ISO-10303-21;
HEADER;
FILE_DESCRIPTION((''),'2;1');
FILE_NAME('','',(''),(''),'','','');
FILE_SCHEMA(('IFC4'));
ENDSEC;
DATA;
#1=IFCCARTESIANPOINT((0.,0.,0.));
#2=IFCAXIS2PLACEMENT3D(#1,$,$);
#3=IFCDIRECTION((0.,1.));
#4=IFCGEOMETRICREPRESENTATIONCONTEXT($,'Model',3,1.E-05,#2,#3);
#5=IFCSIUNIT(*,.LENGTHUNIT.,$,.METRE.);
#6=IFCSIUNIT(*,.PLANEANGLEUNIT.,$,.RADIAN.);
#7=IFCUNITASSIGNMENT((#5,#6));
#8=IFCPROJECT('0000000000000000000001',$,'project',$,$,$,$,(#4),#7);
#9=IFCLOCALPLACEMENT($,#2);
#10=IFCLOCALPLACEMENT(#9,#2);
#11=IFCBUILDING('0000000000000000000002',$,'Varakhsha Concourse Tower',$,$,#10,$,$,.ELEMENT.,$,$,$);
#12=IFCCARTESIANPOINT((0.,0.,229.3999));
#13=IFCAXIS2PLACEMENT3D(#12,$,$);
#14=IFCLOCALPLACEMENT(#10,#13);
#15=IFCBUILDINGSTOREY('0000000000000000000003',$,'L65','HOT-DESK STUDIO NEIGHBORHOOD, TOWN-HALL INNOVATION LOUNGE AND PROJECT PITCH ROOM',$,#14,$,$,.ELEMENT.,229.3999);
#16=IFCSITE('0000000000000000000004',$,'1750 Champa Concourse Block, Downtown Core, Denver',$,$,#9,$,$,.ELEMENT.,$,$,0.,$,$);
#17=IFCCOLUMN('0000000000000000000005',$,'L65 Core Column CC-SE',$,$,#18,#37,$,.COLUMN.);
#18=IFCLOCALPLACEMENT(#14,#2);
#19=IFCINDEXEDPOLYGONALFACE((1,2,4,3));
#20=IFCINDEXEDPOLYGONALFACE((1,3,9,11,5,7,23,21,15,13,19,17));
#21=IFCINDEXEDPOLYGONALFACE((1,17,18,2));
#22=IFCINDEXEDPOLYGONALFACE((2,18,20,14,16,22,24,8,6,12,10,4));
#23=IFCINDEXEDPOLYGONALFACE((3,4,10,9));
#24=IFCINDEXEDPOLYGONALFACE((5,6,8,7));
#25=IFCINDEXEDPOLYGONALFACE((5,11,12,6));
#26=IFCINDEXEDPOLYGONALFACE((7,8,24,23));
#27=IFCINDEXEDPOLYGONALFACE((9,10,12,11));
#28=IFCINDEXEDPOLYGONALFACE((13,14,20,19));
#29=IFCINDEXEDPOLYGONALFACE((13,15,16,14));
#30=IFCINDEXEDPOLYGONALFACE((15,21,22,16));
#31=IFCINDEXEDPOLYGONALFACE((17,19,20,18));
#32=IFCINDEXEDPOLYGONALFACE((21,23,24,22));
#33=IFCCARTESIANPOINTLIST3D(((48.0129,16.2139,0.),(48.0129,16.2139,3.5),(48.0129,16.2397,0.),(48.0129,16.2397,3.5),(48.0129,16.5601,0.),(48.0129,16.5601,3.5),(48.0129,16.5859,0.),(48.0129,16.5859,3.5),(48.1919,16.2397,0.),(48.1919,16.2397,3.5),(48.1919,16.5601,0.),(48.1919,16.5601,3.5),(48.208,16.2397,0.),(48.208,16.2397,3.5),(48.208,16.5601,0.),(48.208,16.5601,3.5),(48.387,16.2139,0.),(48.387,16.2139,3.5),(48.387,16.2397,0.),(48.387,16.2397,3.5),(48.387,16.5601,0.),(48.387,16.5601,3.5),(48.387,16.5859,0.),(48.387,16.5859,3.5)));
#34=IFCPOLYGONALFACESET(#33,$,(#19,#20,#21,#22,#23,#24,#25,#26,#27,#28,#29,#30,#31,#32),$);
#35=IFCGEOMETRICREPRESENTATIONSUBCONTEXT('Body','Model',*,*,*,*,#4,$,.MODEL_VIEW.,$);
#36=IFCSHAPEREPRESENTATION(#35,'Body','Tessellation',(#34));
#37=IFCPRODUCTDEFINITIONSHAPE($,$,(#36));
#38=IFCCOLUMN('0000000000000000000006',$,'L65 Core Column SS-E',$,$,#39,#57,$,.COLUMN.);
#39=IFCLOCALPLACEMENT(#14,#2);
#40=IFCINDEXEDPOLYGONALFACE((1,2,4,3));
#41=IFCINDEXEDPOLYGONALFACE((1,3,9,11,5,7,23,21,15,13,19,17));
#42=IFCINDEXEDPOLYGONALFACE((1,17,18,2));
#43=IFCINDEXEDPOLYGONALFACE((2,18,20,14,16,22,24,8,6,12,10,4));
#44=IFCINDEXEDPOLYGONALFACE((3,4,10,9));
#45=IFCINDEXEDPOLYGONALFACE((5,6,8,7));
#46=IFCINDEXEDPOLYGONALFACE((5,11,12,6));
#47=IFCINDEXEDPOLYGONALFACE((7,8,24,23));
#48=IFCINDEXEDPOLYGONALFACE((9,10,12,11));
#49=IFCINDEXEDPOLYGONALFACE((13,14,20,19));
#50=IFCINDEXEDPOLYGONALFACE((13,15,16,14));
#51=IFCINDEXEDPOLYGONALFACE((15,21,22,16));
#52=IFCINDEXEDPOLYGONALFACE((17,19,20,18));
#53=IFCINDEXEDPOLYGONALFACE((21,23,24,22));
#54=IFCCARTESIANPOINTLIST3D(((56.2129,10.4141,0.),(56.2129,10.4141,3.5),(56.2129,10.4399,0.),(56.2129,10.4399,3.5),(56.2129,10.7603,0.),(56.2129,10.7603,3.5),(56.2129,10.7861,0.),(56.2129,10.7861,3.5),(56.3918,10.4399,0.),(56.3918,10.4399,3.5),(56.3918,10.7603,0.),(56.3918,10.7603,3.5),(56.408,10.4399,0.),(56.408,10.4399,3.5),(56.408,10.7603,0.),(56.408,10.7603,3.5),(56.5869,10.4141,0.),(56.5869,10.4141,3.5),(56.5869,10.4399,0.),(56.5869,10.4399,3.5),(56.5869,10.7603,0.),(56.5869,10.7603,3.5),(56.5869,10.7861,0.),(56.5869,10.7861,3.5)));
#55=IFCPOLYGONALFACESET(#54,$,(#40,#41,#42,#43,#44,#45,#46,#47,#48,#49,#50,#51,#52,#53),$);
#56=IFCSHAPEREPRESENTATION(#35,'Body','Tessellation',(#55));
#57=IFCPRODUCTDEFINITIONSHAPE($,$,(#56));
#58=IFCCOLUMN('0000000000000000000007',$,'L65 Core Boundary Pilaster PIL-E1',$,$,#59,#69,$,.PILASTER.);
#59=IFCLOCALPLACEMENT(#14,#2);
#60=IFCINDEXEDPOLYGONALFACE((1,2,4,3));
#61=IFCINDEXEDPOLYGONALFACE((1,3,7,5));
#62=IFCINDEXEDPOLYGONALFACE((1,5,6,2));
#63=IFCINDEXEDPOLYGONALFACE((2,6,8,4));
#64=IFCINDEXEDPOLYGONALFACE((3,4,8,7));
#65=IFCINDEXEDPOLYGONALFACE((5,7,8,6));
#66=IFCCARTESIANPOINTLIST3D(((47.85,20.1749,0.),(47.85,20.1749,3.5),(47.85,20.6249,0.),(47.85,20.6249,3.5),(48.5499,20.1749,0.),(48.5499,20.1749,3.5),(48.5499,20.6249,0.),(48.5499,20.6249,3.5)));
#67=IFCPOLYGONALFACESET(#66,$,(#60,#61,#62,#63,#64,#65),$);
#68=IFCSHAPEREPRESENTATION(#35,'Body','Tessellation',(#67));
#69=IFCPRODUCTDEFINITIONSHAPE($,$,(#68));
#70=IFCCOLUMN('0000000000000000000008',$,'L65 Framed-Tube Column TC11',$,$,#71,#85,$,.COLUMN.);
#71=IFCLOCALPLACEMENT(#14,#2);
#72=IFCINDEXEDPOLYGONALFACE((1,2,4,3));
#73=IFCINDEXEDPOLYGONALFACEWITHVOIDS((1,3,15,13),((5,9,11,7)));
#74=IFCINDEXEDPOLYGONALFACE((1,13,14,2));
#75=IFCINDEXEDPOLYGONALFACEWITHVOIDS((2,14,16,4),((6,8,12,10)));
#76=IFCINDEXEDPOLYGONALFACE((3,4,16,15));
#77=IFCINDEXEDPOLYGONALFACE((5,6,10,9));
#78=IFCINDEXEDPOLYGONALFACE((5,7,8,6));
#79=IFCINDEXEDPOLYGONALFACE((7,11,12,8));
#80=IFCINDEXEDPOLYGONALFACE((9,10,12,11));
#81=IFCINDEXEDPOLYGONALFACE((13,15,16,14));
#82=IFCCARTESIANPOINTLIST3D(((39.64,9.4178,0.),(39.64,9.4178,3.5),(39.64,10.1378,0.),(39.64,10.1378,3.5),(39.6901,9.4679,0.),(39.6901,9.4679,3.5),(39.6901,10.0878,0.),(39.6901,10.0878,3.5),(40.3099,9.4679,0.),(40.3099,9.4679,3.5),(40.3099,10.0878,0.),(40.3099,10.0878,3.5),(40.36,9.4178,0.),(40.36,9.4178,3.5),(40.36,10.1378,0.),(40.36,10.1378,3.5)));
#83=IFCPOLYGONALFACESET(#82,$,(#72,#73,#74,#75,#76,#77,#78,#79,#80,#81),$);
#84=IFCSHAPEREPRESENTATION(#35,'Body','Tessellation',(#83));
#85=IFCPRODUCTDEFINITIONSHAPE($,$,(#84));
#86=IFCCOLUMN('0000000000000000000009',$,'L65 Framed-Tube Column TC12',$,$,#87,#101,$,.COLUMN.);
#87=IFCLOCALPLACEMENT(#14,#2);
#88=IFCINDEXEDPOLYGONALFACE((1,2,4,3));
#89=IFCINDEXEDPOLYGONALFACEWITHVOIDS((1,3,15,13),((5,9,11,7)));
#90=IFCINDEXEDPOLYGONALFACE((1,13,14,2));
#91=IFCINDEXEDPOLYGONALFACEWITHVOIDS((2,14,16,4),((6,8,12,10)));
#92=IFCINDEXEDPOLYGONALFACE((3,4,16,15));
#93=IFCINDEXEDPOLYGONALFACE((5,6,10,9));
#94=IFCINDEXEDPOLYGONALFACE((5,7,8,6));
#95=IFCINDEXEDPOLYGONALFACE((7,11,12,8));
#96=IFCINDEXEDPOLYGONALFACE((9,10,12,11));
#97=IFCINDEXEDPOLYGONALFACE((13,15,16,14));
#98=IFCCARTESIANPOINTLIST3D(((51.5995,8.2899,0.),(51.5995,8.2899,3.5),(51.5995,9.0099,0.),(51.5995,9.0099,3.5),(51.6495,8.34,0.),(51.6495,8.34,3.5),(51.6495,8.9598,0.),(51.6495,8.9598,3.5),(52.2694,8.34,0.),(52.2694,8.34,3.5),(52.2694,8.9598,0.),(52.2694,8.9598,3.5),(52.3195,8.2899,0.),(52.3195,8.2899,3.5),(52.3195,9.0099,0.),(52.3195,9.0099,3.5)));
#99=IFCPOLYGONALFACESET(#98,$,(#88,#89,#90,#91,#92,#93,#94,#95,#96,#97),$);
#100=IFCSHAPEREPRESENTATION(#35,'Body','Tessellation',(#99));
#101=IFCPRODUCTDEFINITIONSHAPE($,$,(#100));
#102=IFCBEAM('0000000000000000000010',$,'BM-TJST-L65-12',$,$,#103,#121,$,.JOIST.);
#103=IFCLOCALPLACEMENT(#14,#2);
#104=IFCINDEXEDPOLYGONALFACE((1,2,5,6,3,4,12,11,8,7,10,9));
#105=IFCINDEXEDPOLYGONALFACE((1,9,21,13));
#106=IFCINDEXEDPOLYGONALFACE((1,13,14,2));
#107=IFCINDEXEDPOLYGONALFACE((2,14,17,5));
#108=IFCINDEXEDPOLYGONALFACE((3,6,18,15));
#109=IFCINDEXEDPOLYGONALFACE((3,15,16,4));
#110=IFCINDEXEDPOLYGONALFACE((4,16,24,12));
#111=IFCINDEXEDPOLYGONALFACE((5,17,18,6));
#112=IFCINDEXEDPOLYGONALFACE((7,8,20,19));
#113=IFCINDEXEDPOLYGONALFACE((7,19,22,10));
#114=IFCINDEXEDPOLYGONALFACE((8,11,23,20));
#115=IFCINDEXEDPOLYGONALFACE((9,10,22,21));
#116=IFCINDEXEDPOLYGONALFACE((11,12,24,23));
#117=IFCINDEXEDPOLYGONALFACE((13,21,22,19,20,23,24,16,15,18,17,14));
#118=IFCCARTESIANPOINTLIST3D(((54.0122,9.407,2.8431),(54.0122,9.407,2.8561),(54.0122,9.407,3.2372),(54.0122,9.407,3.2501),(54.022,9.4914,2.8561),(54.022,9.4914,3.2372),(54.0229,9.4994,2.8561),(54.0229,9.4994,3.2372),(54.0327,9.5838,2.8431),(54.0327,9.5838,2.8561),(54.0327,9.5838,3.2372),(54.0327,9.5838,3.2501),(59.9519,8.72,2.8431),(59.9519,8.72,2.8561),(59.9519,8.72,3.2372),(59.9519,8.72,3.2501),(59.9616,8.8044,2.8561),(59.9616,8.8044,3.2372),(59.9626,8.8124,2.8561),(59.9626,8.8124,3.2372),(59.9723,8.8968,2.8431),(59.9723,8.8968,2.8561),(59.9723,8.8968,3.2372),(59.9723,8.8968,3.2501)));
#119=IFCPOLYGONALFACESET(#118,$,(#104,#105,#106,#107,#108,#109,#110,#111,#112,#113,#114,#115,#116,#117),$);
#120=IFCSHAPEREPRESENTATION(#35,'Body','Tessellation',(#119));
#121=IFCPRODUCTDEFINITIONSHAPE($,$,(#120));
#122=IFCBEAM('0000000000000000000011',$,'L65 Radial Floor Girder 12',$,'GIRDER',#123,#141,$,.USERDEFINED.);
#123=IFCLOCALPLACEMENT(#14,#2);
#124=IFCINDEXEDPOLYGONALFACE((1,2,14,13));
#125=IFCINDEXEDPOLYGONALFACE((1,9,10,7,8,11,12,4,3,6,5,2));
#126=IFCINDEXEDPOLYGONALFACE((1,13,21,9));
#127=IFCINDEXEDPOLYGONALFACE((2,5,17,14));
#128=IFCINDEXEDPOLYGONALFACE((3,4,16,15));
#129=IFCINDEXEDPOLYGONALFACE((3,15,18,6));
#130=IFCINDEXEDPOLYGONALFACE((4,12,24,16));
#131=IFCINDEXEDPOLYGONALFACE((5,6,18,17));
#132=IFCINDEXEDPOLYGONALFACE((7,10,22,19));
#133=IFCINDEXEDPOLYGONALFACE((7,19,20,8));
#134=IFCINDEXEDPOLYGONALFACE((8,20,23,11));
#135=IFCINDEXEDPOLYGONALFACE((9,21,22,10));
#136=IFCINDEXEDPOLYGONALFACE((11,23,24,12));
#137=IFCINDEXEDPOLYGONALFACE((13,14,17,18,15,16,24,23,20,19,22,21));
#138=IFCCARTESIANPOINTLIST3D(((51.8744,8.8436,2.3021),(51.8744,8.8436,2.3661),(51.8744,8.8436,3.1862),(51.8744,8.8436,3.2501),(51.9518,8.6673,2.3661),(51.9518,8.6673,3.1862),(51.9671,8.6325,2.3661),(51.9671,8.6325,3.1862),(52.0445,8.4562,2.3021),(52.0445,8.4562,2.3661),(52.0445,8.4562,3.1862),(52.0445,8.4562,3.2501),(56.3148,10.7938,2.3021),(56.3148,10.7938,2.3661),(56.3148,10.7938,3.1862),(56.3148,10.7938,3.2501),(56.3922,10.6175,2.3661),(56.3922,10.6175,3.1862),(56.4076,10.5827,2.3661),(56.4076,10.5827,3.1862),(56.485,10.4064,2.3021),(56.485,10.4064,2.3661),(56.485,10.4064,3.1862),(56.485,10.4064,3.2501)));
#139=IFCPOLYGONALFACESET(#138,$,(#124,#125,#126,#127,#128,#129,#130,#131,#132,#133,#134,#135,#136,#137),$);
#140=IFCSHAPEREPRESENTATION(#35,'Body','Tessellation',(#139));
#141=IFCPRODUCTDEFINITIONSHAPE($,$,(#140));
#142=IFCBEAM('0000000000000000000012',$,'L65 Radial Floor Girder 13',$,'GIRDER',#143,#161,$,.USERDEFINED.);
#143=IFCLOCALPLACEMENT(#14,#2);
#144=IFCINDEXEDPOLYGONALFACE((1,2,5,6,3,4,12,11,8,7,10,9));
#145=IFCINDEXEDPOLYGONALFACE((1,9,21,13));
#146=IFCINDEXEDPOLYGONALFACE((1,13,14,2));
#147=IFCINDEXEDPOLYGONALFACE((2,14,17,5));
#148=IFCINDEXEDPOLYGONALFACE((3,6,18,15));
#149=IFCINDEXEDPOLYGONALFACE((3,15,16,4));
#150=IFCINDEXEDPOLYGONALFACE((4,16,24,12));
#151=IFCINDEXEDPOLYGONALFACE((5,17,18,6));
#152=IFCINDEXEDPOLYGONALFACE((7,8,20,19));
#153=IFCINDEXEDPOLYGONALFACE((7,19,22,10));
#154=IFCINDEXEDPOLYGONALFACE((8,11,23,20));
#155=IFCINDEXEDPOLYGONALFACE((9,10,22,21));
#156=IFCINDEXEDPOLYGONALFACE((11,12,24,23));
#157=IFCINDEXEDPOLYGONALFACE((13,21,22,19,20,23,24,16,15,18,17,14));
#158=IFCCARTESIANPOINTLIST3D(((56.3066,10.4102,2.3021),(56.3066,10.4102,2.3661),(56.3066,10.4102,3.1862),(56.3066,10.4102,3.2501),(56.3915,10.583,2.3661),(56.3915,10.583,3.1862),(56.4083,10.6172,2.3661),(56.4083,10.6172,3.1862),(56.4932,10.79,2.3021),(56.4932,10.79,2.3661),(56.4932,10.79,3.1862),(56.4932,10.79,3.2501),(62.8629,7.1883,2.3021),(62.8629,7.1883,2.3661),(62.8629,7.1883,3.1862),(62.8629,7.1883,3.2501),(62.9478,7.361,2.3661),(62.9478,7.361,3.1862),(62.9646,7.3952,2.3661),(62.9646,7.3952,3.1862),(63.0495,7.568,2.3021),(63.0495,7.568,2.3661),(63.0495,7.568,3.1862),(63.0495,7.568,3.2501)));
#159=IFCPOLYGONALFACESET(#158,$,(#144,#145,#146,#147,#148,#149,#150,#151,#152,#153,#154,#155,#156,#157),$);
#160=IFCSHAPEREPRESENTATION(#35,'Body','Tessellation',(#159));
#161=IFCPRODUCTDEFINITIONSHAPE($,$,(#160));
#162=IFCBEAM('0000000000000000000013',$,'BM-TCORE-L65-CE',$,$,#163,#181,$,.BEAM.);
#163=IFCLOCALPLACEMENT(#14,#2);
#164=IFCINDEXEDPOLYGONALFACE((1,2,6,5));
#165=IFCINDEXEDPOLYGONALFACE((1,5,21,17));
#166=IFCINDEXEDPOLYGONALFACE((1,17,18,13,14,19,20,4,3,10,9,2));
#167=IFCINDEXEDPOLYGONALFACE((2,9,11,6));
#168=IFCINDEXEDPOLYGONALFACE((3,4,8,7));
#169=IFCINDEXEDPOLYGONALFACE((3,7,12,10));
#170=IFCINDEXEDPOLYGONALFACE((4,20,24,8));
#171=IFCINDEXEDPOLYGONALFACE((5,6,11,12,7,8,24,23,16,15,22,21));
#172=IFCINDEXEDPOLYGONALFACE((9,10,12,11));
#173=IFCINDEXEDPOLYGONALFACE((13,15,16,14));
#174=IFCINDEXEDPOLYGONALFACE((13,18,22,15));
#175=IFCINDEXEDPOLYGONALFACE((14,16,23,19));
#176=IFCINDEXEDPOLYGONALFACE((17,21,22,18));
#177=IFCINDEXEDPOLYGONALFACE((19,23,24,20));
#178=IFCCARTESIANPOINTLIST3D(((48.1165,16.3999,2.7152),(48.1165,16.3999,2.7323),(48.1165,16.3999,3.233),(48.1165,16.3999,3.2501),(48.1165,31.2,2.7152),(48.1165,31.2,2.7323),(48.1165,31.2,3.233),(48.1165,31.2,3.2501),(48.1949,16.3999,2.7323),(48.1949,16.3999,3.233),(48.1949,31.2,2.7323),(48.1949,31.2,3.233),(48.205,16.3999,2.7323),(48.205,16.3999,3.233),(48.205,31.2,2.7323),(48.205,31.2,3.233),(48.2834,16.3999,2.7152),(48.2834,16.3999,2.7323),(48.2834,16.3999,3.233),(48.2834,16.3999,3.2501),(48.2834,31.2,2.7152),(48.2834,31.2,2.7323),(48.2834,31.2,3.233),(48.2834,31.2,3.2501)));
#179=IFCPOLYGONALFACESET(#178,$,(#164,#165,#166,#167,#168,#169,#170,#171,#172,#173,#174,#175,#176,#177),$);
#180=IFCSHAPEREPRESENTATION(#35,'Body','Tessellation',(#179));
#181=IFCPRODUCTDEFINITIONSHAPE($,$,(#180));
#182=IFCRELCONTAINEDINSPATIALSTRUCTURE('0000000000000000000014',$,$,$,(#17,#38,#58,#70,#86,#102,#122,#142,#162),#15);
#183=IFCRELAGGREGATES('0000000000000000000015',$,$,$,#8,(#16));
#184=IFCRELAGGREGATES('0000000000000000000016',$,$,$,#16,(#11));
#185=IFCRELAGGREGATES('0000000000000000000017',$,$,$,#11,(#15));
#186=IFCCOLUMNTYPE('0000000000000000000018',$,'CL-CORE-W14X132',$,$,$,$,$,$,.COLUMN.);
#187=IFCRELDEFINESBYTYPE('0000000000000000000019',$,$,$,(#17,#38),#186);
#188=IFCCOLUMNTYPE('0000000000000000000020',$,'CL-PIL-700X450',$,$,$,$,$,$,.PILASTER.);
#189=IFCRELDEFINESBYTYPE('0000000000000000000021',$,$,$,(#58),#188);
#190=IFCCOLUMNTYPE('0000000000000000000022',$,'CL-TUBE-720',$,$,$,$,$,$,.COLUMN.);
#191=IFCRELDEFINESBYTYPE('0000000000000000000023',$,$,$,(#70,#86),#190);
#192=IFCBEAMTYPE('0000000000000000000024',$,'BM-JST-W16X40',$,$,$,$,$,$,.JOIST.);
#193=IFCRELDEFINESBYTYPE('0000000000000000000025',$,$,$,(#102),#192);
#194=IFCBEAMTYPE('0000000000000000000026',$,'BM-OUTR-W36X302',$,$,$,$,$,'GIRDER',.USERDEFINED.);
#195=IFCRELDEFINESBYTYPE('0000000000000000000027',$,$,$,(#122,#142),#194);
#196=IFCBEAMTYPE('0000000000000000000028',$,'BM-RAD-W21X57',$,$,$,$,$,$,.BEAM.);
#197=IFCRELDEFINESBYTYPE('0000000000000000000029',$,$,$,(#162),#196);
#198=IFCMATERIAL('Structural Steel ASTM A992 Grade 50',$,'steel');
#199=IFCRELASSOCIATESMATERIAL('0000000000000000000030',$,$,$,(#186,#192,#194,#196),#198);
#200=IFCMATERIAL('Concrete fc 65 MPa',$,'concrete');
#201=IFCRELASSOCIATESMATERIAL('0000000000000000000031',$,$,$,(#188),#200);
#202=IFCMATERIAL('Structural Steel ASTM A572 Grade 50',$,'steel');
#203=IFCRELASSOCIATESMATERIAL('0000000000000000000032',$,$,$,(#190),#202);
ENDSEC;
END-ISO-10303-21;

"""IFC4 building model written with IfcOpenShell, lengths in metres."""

from ifc_helpers import new_model, si_unit, direction, frame, origin, origin_2d, place, context, subcontext, project, spatial, rectangle, hollow_rectangle, i_section, extrude, material, material_profile, profile_set, type_object, element, save


model = new_model("IFC4")

# Units and contexts
model_context = context("Model", 3, precision=1e-05, world=origin(), true_north=direction((0.0, 1.0)))
body_context = subcontext(model_context, "Body", "Model", "MODEL_VIEW")
ifc_project = project(units=[si_unit("LENGTHUNIT", "METRE"), si_unit("PLANEANGLEUNIT", "RADIAN")], contexts=[model_context])

# Site, building, storey
site_placement = place(None, origin())
site = spatial("IfcSite", under=ifc_project, at=site_placement, Name="1750 Champa Concourse Block, Downtown Core, Denver", CompositionType="ELEMENT", RefElevation=0.0)
building_placement = place(site_placement, origin())
building = spatial("IfcBuilding", under=site, at=building_placement, Name="Varakhsha Concourse Tower", CompositionType="ELEMENT")
storey_placement = place(building_placement, frame((0.0, 0.0, 229.3999)))
storey = spatial("IfcBuildingStorey", under=building, at=storey_placement, Name="L65", Description="HOT-DESK STUDIO NEIGHBORHOOD, TOWN-HALL INNOVATION LOUNGE AND PROJECT PITCH ROOM", CompositionType="ELEMENT", Elevation=229.3999)

# Columns
ifc_material_1 = material(Name="Structural Steel ASTM A992 Grade 50", Category="steel")
ifc_material_profile_1 = material_profile(ifc_material_1, i_section(OverallWidth=0.374, OverallDepth=0.3721, WebThickness=0.0161, FlangeThickness=0.0259, at=origin_2d()), Name="W14X132")
ifc_profile_set_1 = profile_set([ifc_material_profile_1], Name="Structural Steel ASTM A992 Grade 50")
column_type_1 = type_object("IfcColumnType", Name="CL-CORE-W14X132", PredefinedType="COLUMN", material=ifc_profile_set_1)
for number, where, z_axis, x_axis, name in (
    (1, (48.2, 16.3999, 0.0), (0.0, 0.0, 1.0), (1.0, 0.0, 0.0), "L65 Core Column CC-SE"),
    (2, (56.3999, 10.6001, 0.0), (0.0, 0.0, 1.0), (1.0, 0.0, 0.0), "L65 Core Column SS-E"),
):
    element("IfcColumn", number, at=place(storey_placement, frame(where, z_axis=z_axis, x_axis=x_axis)), inside=storey, type_object=column_type_1, Name=name, PredefinedType="COLUMN", context=body_context, shape_type="SweptSolid", body=[
        extrude(i_section(OverallWidth=0.374, OverallDepth=0.3721, WebThickness=0.0161, FlangeThickness=0.0259, at=origin_2d()), origin(), (0.0, 0.0, 1.0), 3.5),
    ])
ifc_material_2 = material(Name="Concrete fc 65 MPa", Category="concrete")
ifc_material_profile_2 = material_profile(ifc_material_2, rectangle(XDim=0.7, YDim=0.45, at=origin_2d()), Name="RC 700x450")
ifc_profile_set_2 = profile_set([ifc_material_profile_2], Name="Concrete fc 65 MPa")
column_type_2 = type_object("IfcColumnType", Name="CL-PIL-700X450", PredefinedType="PILASTER", material=ifc_profile_set_2)
column_placement = place(storey_placement, frame((48.2, 20.3999, 0.0), z_axis=(0.0, 0.0, 1.0), x_axis=(1.0, 0.0, 0.0)))
element("IfcColumn", 3, at=column_placement, inside=storey, type_object=column_type_2, Name="L65 Core Boundary Pilaster PIL-E1", PredefinedType="PILASTER", context=body_context, shape_type="SweptSolid", body=[
    extrude(rectangle(XDim=0.7, YDim=0.45, at=origin_2d()), origin(), (0.0, 0.0, 1.0), 3.5),
])
ifc_material_3 = material(Name="Structural Steel ASTM A572 Grade 50", Category="steel")
ifc_material_profile_3 = material_profile(ifc_material_3, hollow_rectangle(XDim=0.72, YDim=0.72, WallThickness=0.05, at=origin_2d()), Name="BOX 720x720x50")
ifc_profile_set_3 = profile_set([ifc_material_profile_3], Name="Structural Steel ASTM A572 Grade 50")
column_type_3 = type_object("IfcColumnType", Name="CL-TUBE-720", PredefinedType="COLUMN", material=ifc_profile_set_3)
for number, where, z_axis, x_axis, name in (
    (4, (40.0, 9.7778, 0.0), (0.0, 0.0, 1.0), (1.0, 0.0, 0.0), "L65 Framed-Tube Column TC11"),
    (5, (51.9595, 8.6499, 0.0), (0.0, 0.0, 1.0), (1.0, 0.0, 0.0), "L65 Framed-Tube Column TC12"),
):
    element("IfcColumn", number, at=place(storey_placement, frame(where, z_axis=z_axis, x_axis=x_axis)), inside=storey, type_object=column_type_3, Name=name, PredefinedType="COLUMN", context=body_context, shape_type="SweptSolid", body=[
        extrude(hollow_rectangle(XDim=0.72, YDim=0.72, WallThickness=0.05, at=origin_2d()), origin(), (0.0, 0.0, 1.0), 3.5),
    ])

# Beams
ifc_material_profile_4 = material_profile(ifc_material_1, i_section(OverallWidth=0.178, OverallDepth=0.407, WebThickness=0.0081, FlangeThickness=0.0129, at=origin_2d()), Name="W16X40")
ifc_profile_set_4 = profile_set([ifc_material_profile_4], Name="Structural Steel ASTM A992 Grade 50")
beam_type_1 = type_object("IfcBeamType", Name="BM-JST-W16X40", PredefinedType="JOIST", material=ifc_profile_set_4)
beam_1_placement = place(storey_placement, frame((54.0225, 9.4954, 3.0466), z_axis=(0.993377, -0.114898, 0.0), x_axis=(0.114898, 0.993377, 0.0)))
element("IfcBeam", 6, at=beam_1_placement, inside=storey, type_object=beam_type_1, Name="BM-TJST-L65-12", PredefinedType="JOIST", context=body_context, shape_type="SweptSolid", body=[
    extrude(i_section(OverallWidth=0.178, OverallDepth=0.407, WebThickness=0.0081, FlangeThickness=0.0129, at=origin_2d()), origin(), (0.0, 0.0, 1.0), 5.9792),
])
ifc_material_profile_5 = material_profile(ifc_material_1, i_section(OverallWidth=0.4231, OverallDepth=0.948, WebThickness=0.0381, FlangeThickness=0.064, at=origin_2d()), Name="W36X302")
ifc_profile_set_5 = profile_set([ifc_material_profile_5], Name="Structural Steel ASTM A992 Grade 50")
beam_type_2 = type_object("IfcBeamType", Name="BM-OUTR-W36X302", ElementType="GIRDER", PredefinedType="USERDEFINED", material=ifc_profile_set_5)
beam_2_placement = place(storey_placement, frame((56.3999, 10.6001, 2.7761), z_axis=(-0.915588, -0.402118, 0.0), x_axis=(0.402118, -0.915588, 0.0)))
element("IfcBeam", 7, at=beam_2_placement, inside=storey, type_object=beam_type_2, Name="L65 Radial Floor Girder 12", ObjectType="GIRDER", PredefinedType="USERDEFINED", context=body_context, shape_type="SweptSolid", body=[
    extrude(i_section(OverallWidth=0.4231, OverallDepth=0.948, WebThickness=0.0381, FlangeThickness=0.064, at=origin_2d()), origin(), (0.0, 0.0, 1.0), 4.8499),
])
beam_3_placement = place(storey_placement, frame((56.3999, 10.6001, 2.7761), z_axis=(0.897481, -0.441054, 0.0), x_axis=(0.441054, 0.897481, 0.0)))
element("IfcBeam", 8, at=beam_3_placement, inside=storey, type_object=beam_type_2, Name="L65 Radial Floor Girder 13", ObjectType="GIRDER", PredefinedType="USERDEFINED", context=body_context, shape_type="SweptSolid", body=[
    extrude(i_section(OverallWidth=0.4231, OverallDepth=0.948, WebThickness=0.0381, FlangeThickness=0.064, at=origin_2d()), origin(), (0.0, 0.0, 1.0), 7.3052),
])
ifc_material_profile_6 = material_profile(ifc_material_1, i_section(OverallWidth=0.167, OverallDepth=0.5349, WebThickness=0.01, FlangeThickness=0.0171, at=origin_2d()), Name="W21X57")
ifc_profile_set_6 = profile_set([ifc_material_profile_6], Name="Structural Steel ASTM A992 Grade 50")
beam_type_3 = type_object("IfcBeamType", Name="BM-RAD-W21X57", PredefinedType="BEAM", material=ifc_profile_set_6)
beam_4_placement = place(storey_placement, frame((48.2, 16.3999, 2.9827), z_axis=(0.0, 1.0, 0.0), x_axis=(-1.0, 0.0, 0.0)))
element("IfcBeam", 9, at=beam_4_placement, inside=storey, type_object=beam_type_3, Name="BM-TCORE-L65-CE", PredefinedType="BEAM", context=body_context, shape_type="SweptSolid", body=[
    extrude(i_section(OverallWidth=0.167, OverallDepth=0.5349, WebThickness=0.01, FlangeThickness=0.0171, at=origin_2d()), origin(), (0.0, 0.0, 1.0), 14.8),
])

save(model, "model.ifc")
